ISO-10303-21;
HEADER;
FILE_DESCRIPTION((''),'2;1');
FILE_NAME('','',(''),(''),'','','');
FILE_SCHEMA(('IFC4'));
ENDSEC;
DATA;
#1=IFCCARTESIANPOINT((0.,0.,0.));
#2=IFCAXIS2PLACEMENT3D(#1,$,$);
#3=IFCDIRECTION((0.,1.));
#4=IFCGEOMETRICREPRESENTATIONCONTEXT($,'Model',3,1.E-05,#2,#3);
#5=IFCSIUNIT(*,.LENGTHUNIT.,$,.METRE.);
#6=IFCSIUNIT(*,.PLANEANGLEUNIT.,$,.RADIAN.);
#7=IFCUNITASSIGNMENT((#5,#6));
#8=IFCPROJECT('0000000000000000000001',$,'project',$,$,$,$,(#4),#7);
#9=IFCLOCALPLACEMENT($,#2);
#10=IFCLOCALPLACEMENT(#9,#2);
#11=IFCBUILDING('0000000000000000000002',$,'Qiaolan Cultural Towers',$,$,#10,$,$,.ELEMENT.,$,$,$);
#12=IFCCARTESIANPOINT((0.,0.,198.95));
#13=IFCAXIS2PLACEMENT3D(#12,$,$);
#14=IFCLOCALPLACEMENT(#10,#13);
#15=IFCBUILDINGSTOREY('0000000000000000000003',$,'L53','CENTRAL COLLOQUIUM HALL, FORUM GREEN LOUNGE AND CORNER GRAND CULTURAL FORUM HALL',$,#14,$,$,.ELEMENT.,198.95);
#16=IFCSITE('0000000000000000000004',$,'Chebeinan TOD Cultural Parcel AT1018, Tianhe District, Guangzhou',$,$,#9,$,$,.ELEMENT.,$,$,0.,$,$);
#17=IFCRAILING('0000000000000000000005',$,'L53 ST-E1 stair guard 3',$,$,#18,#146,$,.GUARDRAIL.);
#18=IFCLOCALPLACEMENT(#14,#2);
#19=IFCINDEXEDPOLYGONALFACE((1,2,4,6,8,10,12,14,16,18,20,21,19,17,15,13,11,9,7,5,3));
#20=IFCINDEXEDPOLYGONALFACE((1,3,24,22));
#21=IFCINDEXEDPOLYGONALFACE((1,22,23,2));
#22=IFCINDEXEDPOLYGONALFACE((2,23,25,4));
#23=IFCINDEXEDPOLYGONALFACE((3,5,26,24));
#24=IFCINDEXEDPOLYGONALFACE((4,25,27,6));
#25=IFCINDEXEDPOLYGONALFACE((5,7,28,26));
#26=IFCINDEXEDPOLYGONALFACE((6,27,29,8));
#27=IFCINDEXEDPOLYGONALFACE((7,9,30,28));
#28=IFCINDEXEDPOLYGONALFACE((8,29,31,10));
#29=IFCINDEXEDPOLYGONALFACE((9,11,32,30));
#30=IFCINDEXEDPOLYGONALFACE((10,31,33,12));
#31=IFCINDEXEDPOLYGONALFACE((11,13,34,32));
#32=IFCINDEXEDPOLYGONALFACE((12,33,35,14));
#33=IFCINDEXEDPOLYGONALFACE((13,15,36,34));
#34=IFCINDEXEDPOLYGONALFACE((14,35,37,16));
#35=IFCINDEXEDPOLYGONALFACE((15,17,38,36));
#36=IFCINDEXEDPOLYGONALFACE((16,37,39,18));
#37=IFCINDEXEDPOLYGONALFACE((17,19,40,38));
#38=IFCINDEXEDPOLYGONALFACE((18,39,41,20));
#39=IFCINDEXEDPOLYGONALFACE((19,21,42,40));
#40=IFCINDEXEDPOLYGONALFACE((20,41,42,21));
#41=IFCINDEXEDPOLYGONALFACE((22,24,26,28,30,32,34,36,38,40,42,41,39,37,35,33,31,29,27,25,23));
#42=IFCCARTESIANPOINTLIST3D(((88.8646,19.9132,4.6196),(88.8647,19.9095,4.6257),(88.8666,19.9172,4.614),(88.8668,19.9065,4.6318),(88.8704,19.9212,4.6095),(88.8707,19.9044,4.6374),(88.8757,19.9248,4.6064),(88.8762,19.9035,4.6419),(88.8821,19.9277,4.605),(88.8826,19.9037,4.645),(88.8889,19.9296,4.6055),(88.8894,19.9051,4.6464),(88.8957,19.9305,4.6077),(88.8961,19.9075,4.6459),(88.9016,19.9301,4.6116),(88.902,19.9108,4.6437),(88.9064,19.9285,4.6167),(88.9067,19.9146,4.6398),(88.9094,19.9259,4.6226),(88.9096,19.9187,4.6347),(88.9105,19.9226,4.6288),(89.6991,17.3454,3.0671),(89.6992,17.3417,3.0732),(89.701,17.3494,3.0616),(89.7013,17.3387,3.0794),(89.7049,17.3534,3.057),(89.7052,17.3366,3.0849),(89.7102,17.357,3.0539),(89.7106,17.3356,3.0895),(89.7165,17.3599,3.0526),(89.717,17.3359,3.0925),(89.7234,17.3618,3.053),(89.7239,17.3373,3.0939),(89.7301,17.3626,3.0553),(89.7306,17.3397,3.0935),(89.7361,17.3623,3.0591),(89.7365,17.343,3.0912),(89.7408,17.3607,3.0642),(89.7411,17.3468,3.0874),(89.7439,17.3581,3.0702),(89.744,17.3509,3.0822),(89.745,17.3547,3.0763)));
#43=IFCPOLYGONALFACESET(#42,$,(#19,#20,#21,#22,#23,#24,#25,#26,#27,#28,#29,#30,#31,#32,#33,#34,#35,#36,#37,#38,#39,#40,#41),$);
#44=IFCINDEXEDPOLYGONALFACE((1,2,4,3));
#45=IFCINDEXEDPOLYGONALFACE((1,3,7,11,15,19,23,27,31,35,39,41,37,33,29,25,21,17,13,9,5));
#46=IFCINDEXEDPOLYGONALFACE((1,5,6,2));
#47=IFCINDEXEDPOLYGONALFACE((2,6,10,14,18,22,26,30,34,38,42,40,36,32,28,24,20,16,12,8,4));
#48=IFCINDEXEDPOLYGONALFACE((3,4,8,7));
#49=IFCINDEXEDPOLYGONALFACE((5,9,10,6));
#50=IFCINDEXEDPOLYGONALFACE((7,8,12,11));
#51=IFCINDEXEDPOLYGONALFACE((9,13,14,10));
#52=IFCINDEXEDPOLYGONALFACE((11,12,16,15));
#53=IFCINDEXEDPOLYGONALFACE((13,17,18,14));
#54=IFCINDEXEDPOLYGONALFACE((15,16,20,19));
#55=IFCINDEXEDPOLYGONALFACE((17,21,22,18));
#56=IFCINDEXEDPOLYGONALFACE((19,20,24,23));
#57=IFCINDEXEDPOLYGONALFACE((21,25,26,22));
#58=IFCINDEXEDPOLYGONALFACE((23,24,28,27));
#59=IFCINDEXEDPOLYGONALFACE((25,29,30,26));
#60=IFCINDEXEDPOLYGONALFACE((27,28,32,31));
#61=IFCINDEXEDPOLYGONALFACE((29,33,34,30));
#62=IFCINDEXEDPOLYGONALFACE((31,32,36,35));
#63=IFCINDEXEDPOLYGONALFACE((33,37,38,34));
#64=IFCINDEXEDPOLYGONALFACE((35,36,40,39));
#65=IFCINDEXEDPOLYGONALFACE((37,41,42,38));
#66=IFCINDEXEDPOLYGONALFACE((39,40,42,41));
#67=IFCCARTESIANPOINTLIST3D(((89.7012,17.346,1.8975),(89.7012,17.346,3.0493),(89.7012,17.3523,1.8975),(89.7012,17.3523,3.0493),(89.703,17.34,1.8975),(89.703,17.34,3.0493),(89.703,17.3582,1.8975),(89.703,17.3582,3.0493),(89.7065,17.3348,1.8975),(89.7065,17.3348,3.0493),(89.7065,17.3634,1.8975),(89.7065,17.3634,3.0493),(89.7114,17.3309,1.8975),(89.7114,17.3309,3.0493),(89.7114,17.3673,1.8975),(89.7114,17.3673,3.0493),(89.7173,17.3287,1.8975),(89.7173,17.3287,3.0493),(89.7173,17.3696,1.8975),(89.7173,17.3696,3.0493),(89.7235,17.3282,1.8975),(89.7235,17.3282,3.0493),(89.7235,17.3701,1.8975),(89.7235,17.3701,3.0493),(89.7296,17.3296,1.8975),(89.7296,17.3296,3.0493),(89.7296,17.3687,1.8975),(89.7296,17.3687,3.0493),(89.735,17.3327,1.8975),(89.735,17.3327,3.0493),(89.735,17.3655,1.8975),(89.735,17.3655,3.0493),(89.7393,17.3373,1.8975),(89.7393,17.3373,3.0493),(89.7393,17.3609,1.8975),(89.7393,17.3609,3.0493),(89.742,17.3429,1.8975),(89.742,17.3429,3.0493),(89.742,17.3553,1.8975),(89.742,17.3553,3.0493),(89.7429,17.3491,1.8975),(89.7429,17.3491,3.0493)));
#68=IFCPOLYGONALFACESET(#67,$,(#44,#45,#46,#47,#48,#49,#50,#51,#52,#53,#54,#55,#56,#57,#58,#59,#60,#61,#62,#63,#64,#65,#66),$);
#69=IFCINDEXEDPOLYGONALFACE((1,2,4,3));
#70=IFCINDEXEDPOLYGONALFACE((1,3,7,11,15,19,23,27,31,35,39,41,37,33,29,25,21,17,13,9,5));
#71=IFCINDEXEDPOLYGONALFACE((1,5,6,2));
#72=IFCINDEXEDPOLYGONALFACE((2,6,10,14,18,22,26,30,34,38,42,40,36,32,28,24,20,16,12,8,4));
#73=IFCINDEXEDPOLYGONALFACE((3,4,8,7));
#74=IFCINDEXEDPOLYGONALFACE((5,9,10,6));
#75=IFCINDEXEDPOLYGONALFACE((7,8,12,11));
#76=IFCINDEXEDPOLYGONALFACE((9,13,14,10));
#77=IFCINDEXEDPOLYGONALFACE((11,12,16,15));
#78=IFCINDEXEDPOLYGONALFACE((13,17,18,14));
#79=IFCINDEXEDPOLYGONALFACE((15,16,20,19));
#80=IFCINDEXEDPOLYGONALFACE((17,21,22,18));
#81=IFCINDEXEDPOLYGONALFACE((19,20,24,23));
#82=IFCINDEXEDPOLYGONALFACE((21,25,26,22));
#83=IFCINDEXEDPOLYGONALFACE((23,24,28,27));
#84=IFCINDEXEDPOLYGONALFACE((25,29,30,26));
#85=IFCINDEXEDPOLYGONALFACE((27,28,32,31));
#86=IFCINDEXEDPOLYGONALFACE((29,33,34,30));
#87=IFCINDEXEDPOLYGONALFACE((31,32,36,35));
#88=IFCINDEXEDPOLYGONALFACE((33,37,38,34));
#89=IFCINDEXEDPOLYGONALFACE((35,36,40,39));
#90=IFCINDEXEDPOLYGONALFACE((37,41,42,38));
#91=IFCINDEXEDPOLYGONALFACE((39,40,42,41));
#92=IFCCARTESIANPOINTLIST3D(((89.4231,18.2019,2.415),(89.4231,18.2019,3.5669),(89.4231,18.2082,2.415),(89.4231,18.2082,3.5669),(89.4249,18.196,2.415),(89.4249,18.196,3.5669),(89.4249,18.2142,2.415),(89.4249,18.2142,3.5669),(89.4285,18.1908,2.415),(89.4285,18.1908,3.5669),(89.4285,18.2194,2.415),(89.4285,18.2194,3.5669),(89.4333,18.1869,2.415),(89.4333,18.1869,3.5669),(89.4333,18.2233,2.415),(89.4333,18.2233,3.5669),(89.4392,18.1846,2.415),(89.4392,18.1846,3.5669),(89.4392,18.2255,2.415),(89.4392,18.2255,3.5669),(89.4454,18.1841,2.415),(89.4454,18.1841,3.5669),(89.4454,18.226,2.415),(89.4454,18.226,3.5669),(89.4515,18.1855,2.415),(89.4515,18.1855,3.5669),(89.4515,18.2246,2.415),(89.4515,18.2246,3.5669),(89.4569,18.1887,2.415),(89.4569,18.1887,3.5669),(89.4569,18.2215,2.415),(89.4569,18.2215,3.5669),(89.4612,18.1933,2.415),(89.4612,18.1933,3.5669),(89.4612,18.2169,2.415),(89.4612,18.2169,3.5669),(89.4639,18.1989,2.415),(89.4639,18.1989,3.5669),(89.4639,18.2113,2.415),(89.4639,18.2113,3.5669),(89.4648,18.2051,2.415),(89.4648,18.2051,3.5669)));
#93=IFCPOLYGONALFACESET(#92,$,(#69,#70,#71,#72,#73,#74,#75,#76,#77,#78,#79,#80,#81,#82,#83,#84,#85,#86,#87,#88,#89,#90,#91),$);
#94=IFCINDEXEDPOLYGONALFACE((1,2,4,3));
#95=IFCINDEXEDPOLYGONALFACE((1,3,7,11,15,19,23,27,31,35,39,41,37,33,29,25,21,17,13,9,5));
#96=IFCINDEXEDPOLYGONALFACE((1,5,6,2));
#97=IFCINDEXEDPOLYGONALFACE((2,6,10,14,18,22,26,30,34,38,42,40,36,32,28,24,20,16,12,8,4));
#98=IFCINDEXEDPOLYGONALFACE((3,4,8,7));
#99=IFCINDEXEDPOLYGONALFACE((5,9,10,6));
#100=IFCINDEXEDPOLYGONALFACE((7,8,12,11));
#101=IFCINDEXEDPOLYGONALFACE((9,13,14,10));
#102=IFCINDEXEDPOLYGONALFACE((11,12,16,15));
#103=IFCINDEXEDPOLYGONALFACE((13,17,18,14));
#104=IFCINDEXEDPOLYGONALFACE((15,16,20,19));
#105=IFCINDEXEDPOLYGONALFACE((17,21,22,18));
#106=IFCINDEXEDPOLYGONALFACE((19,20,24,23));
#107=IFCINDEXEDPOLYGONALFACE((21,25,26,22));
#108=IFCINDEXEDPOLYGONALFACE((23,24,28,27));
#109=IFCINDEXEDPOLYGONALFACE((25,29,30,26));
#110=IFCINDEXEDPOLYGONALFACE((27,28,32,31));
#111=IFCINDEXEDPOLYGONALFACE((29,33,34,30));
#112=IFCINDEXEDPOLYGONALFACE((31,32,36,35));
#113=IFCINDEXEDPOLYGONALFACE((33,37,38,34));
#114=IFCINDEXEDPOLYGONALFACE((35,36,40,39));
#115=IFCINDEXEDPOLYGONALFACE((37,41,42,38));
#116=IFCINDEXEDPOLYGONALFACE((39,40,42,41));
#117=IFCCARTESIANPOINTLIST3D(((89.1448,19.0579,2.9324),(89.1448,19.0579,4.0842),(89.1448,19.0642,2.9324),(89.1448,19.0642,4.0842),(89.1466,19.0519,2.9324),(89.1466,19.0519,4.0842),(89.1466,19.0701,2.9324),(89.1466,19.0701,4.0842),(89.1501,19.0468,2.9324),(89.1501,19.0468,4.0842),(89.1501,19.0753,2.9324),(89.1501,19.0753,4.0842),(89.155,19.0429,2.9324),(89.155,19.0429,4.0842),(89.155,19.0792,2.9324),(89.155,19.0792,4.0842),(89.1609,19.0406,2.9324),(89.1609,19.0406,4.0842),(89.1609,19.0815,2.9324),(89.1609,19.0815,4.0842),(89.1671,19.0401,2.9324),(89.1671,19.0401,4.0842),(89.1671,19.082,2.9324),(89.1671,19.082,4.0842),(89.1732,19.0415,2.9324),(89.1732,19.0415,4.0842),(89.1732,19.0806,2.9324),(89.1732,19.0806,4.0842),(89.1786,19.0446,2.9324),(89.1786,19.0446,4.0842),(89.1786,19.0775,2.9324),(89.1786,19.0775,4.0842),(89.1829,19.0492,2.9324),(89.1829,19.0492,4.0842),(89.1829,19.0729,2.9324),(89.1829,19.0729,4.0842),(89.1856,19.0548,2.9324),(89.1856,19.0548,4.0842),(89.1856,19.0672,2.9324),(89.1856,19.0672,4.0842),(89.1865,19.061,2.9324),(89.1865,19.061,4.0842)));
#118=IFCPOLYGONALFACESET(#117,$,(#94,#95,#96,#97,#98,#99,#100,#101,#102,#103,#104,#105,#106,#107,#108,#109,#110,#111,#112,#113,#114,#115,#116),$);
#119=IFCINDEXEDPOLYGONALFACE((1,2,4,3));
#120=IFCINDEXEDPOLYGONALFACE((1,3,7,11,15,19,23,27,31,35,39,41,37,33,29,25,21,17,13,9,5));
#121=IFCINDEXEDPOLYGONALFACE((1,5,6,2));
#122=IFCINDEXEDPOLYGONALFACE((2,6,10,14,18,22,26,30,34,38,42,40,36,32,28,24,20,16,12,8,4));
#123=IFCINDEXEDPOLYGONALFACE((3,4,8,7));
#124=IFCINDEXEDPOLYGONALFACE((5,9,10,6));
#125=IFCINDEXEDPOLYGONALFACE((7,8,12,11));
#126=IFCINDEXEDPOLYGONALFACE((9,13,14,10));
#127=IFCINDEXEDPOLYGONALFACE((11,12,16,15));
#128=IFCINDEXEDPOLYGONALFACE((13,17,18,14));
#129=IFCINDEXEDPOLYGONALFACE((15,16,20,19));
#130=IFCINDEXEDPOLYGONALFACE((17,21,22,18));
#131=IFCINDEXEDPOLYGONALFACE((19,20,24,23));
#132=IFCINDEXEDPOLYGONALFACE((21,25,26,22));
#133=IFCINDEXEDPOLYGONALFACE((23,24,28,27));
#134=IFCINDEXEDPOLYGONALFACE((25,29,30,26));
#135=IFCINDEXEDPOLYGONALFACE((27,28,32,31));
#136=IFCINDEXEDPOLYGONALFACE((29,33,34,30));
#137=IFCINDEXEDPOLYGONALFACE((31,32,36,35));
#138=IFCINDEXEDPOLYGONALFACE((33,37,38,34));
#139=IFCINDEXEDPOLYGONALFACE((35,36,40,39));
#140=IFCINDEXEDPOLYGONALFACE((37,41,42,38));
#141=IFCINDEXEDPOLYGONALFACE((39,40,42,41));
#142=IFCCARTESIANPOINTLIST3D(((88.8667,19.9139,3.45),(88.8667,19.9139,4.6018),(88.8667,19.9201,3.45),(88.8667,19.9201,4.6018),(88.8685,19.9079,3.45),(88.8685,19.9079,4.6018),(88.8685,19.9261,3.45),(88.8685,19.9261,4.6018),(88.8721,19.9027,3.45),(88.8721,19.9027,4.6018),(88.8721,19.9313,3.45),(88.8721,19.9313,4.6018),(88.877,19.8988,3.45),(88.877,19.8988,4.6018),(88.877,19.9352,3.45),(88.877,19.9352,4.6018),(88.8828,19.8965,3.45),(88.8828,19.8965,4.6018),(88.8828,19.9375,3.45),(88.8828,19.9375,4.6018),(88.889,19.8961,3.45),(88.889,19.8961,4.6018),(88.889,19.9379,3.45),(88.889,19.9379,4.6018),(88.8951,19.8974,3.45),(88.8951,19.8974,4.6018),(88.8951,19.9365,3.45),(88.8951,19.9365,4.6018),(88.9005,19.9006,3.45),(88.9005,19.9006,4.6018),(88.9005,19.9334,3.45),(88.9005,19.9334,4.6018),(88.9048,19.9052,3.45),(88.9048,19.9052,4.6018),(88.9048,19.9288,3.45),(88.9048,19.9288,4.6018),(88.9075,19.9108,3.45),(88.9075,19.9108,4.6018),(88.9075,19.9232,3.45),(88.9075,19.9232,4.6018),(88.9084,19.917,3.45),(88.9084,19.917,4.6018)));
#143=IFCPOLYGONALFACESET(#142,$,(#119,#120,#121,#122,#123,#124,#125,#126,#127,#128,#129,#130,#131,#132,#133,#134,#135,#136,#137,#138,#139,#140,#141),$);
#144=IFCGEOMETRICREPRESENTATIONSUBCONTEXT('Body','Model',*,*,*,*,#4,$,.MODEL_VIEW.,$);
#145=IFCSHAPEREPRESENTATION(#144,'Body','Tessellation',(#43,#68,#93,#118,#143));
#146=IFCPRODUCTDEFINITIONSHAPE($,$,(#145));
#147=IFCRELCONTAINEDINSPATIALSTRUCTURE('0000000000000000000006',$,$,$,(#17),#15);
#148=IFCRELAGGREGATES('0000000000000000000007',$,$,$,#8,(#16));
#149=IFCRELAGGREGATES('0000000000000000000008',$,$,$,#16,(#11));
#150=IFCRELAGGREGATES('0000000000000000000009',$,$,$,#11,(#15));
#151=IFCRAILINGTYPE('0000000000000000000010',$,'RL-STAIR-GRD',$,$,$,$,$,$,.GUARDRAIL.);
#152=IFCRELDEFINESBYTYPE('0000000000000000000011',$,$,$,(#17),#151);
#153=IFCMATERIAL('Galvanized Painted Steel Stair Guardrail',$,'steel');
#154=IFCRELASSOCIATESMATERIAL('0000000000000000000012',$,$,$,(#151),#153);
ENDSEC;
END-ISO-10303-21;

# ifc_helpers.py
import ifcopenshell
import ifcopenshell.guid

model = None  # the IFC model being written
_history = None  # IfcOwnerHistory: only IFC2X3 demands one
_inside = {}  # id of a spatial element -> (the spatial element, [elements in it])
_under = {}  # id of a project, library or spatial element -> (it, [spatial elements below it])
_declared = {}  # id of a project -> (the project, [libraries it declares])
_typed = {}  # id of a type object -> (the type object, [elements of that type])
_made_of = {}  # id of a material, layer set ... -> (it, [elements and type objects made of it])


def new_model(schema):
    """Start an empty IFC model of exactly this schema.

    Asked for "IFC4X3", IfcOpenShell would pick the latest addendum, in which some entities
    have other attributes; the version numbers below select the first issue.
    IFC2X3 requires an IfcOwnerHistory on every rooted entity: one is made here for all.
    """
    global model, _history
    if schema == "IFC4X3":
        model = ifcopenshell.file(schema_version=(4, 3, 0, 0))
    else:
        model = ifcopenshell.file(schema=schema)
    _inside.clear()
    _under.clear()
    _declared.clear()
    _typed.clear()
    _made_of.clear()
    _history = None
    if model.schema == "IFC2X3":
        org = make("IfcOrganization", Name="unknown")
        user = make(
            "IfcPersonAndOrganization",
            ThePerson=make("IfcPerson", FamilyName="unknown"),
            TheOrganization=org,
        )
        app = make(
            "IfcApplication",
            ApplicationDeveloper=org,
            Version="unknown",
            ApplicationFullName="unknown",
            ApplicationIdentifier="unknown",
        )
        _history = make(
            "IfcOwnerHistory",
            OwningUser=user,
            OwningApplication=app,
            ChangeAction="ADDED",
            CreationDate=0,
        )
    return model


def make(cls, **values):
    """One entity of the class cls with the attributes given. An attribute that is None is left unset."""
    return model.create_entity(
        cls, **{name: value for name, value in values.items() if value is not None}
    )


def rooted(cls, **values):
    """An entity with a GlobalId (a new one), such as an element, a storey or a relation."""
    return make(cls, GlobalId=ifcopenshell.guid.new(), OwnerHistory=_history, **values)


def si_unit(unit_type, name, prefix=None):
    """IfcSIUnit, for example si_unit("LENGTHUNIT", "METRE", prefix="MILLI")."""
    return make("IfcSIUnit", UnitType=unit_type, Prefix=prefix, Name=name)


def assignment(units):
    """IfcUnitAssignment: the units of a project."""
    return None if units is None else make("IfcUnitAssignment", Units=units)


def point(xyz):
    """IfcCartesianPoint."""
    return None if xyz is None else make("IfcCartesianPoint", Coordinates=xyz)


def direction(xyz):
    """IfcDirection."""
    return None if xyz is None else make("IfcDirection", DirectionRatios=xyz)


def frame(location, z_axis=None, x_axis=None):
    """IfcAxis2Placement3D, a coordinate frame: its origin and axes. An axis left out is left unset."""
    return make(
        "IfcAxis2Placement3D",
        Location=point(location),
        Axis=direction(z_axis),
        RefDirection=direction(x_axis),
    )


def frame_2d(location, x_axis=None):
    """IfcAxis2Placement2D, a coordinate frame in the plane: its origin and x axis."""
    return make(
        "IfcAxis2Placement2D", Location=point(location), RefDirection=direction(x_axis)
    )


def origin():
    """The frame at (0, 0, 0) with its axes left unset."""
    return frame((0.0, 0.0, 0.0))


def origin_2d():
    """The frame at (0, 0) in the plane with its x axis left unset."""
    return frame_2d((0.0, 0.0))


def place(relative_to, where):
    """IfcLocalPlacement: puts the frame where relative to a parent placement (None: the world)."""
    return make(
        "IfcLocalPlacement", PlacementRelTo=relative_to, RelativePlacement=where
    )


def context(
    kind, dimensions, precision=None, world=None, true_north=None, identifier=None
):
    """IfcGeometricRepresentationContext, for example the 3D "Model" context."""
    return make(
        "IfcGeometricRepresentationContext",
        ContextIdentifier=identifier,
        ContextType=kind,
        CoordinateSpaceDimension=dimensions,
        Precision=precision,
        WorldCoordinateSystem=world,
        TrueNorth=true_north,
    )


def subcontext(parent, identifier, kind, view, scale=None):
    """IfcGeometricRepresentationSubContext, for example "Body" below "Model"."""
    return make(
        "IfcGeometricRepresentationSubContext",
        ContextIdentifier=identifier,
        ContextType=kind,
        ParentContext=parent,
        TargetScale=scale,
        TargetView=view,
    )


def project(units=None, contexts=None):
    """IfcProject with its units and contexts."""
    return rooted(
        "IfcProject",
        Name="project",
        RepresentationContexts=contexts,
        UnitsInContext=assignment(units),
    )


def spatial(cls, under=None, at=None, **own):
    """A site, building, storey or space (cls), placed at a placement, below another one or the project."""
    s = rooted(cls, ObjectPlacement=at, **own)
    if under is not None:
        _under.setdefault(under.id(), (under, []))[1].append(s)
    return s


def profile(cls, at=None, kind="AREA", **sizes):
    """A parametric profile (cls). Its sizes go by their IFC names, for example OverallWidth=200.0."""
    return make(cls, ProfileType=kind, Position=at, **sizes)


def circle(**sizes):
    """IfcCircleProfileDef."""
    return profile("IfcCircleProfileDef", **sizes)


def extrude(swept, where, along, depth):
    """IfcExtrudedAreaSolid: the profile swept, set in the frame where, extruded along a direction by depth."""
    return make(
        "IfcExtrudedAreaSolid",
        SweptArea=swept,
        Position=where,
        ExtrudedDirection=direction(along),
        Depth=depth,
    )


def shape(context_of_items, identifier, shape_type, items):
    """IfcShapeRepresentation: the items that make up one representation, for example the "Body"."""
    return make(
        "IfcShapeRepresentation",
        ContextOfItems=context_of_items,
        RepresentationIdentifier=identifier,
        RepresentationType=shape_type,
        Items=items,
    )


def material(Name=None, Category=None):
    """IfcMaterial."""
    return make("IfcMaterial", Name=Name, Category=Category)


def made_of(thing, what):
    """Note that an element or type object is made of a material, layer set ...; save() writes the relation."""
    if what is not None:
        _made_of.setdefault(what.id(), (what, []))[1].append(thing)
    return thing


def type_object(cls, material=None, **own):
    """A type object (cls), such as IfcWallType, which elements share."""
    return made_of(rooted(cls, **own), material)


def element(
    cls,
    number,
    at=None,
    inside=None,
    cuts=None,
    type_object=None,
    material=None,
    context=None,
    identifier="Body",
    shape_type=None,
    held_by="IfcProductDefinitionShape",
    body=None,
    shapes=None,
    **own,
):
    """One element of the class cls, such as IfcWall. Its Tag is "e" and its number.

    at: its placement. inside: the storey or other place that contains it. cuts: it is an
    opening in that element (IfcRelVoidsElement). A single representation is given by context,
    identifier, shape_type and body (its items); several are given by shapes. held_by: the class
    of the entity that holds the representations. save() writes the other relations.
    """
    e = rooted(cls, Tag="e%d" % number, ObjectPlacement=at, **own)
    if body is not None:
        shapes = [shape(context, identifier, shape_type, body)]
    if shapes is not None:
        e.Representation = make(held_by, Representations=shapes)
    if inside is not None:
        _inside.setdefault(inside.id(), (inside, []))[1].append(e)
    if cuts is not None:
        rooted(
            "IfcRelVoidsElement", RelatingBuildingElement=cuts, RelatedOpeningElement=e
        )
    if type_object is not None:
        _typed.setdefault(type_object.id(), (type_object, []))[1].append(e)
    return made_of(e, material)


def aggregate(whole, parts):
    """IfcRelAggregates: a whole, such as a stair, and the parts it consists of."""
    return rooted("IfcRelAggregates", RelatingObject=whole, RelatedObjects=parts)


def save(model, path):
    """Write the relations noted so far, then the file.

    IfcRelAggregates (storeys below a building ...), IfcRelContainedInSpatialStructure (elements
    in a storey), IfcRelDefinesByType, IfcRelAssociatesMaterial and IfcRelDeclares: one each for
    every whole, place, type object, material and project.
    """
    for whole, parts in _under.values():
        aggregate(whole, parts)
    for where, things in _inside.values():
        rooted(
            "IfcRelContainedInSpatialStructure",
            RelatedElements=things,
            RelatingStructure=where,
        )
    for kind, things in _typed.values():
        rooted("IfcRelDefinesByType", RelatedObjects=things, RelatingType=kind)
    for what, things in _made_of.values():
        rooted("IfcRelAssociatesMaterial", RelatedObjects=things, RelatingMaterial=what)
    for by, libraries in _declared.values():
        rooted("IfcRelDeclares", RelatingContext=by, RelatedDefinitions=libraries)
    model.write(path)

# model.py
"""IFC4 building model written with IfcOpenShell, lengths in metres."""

from ifc_helpers import new_model, si_unit, direction, frame, origin, origin_2d, place, context, subcontext, project, spatial, circle, extrude, material, type_object, element, save


model = new_model("IFC4")

# Units and contexts
model_context = context("Model", 3, precision=1e-05, world=origin(), true_north=direction((0.0, 1.0)))
body_context = subcontext(model_context, "Body", "Model", "MODEL_VIEW")
ifc_project = project(units=[si_unit("LENGTHUNIT", "METRE"), si_unit("PLANEANGLEUNIT", "RADIAN")], contexts=[model_context])

# Site, building, storey
site_placement = place(None, origin())
site = spatial("IfcSite", under=ifc_project, at=site_placement, Name="Chebeinan TOD Cultural Parcel AT1018, Tianhe District, Guangzhou", CompositionType="ELEMENT", RefElevation=0.0)
building_placement = place(site_placement, origin())
building = spatial("IfcBuilding", under=site, at=building_placement, Name="Qiaolan Cultural Towers", CompositionType="ELEMENT")
storey_placement = place(building_placement, frame((0.0, 0.0, 198.95)))
storey = spatial("IfcBuildingStorey", under=building, at=storey_placement, Name="L53", Description="CENTRAL COLLOQUIUM HALL, FORUM GREEN LOUNGE AND CORNER GRAND CULTURAL FORUM HALL", CompositionType="ELEMENT", Elevation=198.95)

# Railing
ifc_material_1 = material(Name="Galvanized Painted Steel Stair Guardrail", Category="steel")
railing_type = type_object("IfcRailingType", Name="RL-STAIR-GRD", PredefinedType="GUARDRAIL", material=ifc_material_1)
railing_1_placement = place(storey_placement, frame((89.7219, 17.3491, 1.8975)))
element("IfcRailing", 1, at=railing_1_placement, inside=storey, type_object=railing_type, Name="L53 ST-E1 stair guard 3", PredefinedType="GUARDRAIL", context=body_context, shape_type="SweptSolid", body=[
    extrude(circle(Radius=0.0239, at=origin_2d()), frame((0.0, 0.0, 1.1758), z_axis=(-0.267926, 0.824471, 0.498461), x_axis=(-0.951043, -0.309057, 0.0)), (0.0, 0.0, 1.0), 3.1145),
    extrude(circle(Radius=0.021, at=origin_2d()), origin(), (0.0, 0.0, 1.0), 1.1519),
    extrude(circle(Radius=0.021, at=origin_2d()), frame((-0.2781, 0.856, 0.5176)), (0.0, 0.0, 1.0), 1.1519),
    extrude(circle(Radius=0.021, at=origin_2d()), frame((-0.5564, 1.7119, 1.0349)), (0.0, 0.0, 1.0), 1.1519),
    extrude(circle(Radius=0.021, at=origin_2d()), frame((-0.8345, 2.5679, 1.5525)), (0.0, 0.0, 1.0), 1.1519),
])

save(model, "model.ifc")
